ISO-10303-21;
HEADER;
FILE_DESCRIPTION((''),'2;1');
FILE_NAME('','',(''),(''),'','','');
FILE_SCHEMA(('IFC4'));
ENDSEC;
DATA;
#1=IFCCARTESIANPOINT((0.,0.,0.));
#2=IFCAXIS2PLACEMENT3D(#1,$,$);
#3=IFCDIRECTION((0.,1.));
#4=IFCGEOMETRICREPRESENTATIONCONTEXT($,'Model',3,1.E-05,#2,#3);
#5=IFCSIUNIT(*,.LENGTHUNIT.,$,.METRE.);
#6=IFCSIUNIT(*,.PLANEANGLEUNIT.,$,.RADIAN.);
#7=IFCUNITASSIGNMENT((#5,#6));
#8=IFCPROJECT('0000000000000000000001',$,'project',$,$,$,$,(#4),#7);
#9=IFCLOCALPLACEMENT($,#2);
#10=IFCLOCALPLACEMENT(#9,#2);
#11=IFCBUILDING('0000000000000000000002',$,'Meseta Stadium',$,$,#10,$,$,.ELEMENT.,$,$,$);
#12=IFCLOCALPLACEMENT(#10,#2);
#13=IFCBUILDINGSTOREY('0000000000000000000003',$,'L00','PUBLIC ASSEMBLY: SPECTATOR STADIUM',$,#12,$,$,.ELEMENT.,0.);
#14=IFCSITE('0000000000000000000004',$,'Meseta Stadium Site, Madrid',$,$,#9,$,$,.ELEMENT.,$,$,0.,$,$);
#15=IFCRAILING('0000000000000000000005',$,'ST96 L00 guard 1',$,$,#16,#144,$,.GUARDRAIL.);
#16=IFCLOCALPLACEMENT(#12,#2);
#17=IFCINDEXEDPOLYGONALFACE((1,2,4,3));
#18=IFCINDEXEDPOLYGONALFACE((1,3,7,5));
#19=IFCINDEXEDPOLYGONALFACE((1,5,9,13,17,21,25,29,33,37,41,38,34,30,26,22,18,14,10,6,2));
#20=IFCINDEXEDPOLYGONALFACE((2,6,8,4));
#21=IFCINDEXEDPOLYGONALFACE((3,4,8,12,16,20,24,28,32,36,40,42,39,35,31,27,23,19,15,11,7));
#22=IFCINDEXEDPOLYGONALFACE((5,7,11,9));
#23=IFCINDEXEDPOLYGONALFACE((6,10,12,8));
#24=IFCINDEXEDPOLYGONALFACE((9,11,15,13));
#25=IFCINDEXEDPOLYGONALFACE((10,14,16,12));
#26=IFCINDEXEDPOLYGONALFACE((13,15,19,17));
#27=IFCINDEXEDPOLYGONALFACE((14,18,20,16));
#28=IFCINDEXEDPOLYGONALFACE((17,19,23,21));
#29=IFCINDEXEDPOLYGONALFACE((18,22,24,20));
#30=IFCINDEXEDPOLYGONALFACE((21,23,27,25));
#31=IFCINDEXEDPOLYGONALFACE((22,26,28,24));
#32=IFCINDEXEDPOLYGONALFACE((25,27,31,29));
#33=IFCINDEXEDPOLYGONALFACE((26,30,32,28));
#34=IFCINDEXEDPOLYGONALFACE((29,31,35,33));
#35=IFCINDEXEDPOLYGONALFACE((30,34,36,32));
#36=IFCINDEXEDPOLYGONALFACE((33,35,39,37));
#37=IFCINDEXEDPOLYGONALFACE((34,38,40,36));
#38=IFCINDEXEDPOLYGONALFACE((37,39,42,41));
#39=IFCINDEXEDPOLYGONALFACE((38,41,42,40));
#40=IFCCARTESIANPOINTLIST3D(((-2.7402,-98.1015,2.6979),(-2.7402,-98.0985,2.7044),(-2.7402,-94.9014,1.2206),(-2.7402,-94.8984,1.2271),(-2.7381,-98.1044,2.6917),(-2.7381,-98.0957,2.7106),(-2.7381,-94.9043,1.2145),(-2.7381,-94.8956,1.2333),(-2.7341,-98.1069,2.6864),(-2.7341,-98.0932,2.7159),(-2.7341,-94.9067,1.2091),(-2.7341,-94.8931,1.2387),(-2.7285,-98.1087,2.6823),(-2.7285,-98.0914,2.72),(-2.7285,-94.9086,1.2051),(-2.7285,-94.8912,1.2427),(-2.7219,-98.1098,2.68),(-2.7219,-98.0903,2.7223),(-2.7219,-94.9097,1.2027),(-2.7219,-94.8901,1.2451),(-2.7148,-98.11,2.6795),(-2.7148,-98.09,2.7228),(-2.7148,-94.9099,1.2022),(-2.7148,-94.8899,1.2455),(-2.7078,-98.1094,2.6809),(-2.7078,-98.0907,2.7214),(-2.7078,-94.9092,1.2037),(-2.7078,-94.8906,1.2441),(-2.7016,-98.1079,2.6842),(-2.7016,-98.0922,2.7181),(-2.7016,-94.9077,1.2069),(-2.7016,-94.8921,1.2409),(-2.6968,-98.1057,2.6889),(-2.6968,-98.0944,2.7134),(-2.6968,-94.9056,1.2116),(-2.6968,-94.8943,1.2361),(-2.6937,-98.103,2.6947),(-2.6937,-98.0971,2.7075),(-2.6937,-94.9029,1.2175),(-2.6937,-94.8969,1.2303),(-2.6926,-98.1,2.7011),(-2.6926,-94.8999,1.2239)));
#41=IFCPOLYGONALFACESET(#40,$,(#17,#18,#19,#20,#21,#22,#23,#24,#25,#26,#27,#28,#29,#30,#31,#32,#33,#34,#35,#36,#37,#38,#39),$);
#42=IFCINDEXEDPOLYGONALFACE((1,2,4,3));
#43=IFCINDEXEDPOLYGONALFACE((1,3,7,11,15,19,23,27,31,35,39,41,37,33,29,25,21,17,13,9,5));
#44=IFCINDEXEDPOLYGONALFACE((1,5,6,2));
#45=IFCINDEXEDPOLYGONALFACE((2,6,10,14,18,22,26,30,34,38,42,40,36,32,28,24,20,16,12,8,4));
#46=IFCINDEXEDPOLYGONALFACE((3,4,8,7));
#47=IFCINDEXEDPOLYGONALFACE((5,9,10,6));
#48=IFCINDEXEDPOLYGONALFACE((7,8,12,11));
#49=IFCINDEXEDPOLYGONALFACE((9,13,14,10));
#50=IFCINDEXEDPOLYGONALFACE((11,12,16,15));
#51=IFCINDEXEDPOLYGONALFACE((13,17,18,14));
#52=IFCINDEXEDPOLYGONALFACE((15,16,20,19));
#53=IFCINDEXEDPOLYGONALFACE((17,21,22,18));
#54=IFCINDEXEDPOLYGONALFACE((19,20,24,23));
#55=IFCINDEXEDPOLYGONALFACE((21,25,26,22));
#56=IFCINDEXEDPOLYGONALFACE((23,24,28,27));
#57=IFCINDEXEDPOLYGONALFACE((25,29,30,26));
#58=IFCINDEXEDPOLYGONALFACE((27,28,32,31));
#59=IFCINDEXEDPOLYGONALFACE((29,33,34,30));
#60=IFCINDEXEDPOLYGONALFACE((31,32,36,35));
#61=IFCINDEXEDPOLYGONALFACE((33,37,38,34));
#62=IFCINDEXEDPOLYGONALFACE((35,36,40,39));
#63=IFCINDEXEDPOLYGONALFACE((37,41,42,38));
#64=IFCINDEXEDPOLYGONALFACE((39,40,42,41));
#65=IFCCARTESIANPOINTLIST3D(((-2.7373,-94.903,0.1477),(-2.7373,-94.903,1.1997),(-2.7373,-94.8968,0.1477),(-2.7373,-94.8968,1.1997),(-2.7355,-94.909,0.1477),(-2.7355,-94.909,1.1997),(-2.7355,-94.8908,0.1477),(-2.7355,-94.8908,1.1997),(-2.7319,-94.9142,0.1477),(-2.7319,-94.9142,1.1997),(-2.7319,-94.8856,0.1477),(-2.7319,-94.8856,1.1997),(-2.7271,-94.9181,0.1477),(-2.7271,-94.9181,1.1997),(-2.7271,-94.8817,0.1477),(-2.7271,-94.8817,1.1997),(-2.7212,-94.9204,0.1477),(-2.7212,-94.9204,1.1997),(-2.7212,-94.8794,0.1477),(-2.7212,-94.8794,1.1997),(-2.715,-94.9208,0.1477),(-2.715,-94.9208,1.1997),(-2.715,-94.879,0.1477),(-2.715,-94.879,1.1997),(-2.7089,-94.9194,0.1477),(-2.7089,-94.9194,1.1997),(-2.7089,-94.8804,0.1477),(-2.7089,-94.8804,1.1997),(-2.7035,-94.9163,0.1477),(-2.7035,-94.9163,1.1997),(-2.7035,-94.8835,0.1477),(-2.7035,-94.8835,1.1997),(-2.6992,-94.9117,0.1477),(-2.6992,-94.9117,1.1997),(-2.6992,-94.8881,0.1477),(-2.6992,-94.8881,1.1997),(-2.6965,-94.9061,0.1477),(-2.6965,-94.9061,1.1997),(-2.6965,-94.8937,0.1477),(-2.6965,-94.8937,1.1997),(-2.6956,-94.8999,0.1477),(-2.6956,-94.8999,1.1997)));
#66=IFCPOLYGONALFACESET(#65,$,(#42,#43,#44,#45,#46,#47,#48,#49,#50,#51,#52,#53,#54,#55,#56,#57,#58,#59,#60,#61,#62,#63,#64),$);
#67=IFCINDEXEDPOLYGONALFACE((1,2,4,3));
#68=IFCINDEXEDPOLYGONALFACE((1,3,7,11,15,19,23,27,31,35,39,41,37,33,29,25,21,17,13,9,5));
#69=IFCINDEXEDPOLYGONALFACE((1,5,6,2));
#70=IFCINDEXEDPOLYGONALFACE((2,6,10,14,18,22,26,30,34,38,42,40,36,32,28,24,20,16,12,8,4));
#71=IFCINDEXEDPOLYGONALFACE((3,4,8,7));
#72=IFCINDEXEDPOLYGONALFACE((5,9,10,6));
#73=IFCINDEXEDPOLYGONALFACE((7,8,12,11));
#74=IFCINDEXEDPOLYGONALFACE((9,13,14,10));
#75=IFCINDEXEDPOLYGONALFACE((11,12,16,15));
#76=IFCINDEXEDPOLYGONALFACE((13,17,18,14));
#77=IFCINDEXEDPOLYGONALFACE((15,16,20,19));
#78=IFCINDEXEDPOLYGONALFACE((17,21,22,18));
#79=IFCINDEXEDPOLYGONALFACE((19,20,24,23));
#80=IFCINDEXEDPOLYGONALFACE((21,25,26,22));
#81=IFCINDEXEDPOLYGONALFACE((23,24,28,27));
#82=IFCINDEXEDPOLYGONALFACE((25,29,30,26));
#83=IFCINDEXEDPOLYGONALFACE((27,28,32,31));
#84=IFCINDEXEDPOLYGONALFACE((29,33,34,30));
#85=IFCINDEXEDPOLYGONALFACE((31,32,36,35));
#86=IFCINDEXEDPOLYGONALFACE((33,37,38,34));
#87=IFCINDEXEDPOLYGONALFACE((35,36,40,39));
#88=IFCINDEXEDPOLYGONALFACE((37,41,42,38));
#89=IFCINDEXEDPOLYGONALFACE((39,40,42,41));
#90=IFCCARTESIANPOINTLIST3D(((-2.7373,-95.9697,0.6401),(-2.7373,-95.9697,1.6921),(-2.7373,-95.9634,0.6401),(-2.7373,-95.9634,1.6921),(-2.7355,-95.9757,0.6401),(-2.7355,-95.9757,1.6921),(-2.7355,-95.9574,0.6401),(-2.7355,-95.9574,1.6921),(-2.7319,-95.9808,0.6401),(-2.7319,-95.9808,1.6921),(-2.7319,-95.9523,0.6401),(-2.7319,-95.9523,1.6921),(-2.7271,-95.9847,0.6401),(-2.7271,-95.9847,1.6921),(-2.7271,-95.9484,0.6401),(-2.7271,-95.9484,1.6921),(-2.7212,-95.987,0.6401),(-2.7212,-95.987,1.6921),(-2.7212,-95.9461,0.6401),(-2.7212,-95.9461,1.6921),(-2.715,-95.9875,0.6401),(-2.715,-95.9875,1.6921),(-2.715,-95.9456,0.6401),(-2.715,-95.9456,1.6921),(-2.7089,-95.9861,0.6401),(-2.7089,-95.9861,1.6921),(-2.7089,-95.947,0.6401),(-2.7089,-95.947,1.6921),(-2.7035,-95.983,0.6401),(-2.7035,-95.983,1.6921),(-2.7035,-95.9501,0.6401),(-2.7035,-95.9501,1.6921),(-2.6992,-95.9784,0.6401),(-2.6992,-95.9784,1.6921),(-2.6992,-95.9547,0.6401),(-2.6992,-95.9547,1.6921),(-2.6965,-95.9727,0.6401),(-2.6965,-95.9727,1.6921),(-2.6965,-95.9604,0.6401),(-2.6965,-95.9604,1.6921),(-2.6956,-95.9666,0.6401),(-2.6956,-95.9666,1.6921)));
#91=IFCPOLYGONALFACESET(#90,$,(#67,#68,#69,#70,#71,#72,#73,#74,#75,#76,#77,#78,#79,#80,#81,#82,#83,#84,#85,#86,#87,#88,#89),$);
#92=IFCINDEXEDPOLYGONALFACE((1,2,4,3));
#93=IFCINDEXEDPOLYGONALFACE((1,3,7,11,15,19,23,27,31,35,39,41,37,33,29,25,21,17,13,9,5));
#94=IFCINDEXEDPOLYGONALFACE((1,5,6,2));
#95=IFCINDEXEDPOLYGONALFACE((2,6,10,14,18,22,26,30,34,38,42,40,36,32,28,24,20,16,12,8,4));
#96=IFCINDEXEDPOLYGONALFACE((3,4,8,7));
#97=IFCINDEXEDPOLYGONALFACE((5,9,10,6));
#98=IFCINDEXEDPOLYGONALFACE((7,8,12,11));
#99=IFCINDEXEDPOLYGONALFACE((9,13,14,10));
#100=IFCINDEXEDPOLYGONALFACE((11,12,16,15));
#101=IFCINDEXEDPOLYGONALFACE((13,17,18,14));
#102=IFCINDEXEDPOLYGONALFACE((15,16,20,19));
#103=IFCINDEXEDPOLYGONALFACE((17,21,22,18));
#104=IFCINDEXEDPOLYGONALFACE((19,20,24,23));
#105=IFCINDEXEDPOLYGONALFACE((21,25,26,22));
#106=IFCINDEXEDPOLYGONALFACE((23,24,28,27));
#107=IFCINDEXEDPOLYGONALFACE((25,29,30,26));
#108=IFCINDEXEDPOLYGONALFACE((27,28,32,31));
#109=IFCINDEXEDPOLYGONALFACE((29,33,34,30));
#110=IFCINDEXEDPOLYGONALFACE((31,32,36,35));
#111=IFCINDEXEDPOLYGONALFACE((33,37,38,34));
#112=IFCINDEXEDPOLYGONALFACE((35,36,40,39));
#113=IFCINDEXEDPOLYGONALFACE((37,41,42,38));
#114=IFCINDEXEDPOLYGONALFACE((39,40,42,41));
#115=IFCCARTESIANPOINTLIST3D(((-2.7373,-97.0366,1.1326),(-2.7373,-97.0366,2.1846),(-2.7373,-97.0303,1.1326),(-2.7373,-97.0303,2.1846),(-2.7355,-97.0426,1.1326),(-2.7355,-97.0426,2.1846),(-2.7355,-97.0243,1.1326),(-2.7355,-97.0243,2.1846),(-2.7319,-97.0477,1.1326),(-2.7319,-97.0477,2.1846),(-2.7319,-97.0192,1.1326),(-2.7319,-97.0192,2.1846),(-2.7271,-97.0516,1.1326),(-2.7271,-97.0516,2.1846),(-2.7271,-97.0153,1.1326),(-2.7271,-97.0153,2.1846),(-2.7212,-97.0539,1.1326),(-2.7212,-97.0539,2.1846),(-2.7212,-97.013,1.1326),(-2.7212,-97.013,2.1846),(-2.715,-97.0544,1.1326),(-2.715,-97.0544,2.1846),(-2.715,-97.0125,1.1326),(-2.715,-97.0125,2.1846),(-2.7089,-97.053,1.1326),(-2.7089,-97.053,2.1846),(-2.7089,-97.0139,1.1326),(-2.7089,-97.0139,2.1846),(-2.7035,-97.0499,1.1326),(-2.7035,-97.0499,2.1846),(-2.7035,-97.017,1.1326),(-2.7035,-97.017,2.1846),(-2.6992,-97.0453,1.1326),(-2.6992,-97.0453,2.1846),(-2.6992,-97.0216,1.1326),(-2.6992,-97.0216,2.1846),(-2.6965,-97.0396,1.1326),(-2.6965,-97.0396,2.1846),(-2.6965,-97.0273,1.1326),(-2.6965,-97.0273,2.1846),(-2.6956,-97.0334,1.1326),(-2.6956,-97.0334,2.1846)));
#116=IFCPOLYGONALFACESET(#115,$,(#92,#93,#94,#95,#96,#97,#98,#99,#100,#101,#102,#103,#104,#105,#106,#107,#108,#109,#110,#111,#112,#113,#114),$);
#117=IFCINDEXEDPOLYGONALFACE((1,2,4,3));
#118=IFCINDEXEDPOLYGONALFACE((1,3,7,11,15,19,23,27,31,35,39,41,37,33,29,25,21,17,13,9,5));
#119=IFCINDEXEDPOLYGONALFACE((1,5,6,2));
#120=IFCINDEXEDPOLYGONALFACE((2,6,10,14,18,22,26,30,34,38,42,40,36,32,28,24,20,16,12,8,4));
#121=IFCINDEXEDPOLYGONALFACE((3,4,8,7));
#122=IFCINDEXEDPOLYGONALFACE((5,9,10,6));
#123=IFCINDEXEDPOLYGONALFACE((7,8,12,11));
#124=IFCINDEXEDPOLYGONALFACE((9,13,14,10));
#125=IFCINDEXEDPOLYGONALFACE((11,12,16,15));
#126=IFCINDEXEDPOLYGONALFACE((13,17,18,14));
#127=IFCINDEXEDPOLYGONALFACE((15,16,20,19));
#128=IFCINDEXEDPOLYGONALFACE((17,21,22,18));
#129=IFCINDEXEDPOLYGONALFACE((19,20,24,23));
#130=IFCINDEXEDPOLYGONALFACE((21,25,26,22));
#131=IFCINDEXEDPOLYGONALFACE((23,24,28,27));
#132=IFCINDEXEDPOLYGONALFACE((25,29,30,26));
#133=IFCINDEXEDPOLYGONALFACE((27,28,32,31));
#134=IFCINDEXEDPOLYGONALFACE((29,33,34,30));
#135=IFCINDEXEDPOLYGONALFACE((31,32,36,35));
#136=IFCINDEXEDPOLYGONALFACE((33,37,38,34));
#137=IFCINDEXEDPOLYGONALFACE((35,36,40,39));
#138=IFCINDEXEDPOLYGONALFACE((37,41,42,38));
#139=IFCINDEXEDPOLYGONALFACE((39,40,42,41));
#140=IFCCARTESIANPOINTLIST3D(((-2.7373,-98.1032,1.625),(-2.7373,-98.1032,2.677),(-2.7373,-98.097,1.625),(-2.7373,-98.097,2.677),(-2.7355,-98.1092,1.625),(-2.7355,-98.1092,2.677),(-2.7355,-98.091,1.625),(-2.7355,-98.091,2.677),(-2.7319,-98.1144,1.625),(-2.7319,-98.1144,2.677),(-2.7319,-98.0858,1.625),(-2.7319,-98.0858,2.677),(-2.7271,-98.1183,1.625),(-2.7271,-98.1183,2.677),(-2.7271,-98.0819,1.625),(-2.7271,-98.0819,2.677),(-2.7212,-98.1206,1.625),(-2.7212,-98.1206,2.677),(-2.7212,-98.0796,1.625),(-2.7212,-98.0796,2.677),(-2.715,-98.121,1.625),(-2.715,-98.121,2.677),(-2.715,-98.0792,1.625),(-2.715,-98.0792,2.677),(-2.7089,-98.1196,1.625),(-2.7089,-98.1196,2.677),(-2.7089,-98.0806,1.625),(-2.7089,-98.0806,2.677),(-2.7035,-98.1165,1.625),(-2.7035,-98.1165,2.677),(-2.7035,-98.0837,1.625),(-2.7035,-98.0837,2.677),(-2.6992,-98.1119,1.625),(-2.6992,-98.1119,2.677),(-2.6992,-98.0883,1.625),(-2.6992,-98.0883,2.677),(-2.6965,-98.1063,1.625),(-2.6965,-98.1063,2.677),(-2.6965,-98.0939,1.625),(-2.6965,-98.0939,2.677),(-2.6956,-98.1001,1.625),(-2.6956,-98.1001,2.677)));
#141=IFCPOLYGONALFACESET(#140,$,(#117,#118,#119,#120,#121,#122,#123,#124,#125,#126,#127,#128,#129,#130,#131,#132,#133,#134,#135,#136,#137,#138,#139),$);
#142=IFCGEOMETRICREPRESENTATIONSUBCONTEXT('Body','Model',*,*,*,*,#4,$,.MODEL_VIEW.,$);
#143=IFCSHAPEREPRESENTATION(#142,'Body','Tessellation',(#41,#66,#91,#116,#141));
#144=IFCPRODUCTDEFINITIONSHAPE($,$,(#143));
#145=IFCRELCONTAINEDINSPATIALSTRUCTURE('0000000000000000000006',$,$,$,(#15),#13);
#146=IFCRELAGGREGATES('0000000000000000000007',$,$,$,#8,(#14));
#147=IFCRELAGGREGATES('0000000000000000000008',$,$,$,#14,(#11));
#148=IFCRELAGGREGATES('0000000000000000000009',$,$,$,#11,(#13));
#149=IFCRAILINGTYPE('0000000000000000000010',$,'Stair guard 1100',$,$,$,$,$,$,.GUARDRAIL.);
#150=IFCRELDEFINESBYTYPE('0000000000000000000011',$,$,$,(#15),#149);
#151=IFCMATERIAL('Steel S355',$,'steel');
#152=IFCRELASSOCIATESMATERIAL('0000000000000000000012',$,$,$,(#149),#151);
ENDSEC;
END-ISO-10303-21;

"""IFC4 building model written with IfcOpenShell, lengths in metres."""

from ifc_helpers import new_model, si_unit, direction, frame, origin, origin_2d, place, context, subcontext, project, spatial, circle, extrude, material, type_object, element, save


model = new_model("IFC4")

# Units and contexts
model_context = context("Model", 3, precision=1e-05, world=origin(), true_north=direction((0.0, 1.0)))
body_context = subcontext(model_context, "Body", "Model", "MODEL_VIEW")
ifc_project = project(units=[si_unit("LENGTHUNIT", "METRE"), si_unit("PLANEANGLEUNIT", "RADIAN")], contexts=[model_context])

# Site, building, storey
site_placement = place(None, origin())
site = spatial("IfcSite", under=ifc_project, at=site_placement, Name="Meseta Stadium Site, Madrid", CompositionType="ELEMENT", RefElevation=0.0)
building_placement = place(site_placement, origin())
building = spatial("IfcBuilding", under=site, at=building_placement, Name="Meseta Stadium", CompositionType="ELEMENT")
storey_placement = place(building_placement, origin())
storey = spatial("IfcBuildingStorey", under=building, at=storey_placement, Name="L00", Description="PUBLIC ASSEMBLY: SPECTATOR STADIUM", CompositionType="ELEMENT", Elevation=0.0)

# Railing
ifc_material_1 = material(Name="Steel S355", Category="steel")
railing_type_1 = type_object("IfcRailingType", Name="Stair guard 1100", PredefinedType="GUARDRAIL", material=ifc_material_1)
railing_1_placement = place(storey_placement, frame((-2.7166, -94.8999, 0.1477)))
element("IfcRailing", 1, at=railing_1_placement, inside=storey, type_object=railing_type_1, Name="ST96 L00 guard 1", PredefinedType="GUARDRAIL", context=body_context, shape_type="SweptSolid", body=[
    extrude(circle(Radius=0.0239, at=origin_2d()), frame((0.0, 0.0, 1.0762), z_axis=(0.0, -0.907929, 0.419124), x_axis=(1.0, 0.0, 0.0)), (0.0, 0.0, 1.0), 3.5247),
    extrude(circle(Radius=0.021, at=origin_2d()), origin(), (0.0, 0.0, 1.0), 1.052),
    extrude(circle(Radius=0.021, at=origin_2d()), frame((0.0, -1.0667, 0.4924)), (0.0, 0.0, 1.0), 1.052),
    extrude(circle(Radius=0.021, at=origin_2d()), frame((0.0, -2.1335, 0.9849)), (0.0, 0.0, 1.0), 1.052),
    extrude(circle(Radius=0.021, at=origin_2d()), frame((0.0, -3.2002, 1.4773)), (0.0, 0.0, 1.0), 1.052),
])

save(model, "model.ifc")
